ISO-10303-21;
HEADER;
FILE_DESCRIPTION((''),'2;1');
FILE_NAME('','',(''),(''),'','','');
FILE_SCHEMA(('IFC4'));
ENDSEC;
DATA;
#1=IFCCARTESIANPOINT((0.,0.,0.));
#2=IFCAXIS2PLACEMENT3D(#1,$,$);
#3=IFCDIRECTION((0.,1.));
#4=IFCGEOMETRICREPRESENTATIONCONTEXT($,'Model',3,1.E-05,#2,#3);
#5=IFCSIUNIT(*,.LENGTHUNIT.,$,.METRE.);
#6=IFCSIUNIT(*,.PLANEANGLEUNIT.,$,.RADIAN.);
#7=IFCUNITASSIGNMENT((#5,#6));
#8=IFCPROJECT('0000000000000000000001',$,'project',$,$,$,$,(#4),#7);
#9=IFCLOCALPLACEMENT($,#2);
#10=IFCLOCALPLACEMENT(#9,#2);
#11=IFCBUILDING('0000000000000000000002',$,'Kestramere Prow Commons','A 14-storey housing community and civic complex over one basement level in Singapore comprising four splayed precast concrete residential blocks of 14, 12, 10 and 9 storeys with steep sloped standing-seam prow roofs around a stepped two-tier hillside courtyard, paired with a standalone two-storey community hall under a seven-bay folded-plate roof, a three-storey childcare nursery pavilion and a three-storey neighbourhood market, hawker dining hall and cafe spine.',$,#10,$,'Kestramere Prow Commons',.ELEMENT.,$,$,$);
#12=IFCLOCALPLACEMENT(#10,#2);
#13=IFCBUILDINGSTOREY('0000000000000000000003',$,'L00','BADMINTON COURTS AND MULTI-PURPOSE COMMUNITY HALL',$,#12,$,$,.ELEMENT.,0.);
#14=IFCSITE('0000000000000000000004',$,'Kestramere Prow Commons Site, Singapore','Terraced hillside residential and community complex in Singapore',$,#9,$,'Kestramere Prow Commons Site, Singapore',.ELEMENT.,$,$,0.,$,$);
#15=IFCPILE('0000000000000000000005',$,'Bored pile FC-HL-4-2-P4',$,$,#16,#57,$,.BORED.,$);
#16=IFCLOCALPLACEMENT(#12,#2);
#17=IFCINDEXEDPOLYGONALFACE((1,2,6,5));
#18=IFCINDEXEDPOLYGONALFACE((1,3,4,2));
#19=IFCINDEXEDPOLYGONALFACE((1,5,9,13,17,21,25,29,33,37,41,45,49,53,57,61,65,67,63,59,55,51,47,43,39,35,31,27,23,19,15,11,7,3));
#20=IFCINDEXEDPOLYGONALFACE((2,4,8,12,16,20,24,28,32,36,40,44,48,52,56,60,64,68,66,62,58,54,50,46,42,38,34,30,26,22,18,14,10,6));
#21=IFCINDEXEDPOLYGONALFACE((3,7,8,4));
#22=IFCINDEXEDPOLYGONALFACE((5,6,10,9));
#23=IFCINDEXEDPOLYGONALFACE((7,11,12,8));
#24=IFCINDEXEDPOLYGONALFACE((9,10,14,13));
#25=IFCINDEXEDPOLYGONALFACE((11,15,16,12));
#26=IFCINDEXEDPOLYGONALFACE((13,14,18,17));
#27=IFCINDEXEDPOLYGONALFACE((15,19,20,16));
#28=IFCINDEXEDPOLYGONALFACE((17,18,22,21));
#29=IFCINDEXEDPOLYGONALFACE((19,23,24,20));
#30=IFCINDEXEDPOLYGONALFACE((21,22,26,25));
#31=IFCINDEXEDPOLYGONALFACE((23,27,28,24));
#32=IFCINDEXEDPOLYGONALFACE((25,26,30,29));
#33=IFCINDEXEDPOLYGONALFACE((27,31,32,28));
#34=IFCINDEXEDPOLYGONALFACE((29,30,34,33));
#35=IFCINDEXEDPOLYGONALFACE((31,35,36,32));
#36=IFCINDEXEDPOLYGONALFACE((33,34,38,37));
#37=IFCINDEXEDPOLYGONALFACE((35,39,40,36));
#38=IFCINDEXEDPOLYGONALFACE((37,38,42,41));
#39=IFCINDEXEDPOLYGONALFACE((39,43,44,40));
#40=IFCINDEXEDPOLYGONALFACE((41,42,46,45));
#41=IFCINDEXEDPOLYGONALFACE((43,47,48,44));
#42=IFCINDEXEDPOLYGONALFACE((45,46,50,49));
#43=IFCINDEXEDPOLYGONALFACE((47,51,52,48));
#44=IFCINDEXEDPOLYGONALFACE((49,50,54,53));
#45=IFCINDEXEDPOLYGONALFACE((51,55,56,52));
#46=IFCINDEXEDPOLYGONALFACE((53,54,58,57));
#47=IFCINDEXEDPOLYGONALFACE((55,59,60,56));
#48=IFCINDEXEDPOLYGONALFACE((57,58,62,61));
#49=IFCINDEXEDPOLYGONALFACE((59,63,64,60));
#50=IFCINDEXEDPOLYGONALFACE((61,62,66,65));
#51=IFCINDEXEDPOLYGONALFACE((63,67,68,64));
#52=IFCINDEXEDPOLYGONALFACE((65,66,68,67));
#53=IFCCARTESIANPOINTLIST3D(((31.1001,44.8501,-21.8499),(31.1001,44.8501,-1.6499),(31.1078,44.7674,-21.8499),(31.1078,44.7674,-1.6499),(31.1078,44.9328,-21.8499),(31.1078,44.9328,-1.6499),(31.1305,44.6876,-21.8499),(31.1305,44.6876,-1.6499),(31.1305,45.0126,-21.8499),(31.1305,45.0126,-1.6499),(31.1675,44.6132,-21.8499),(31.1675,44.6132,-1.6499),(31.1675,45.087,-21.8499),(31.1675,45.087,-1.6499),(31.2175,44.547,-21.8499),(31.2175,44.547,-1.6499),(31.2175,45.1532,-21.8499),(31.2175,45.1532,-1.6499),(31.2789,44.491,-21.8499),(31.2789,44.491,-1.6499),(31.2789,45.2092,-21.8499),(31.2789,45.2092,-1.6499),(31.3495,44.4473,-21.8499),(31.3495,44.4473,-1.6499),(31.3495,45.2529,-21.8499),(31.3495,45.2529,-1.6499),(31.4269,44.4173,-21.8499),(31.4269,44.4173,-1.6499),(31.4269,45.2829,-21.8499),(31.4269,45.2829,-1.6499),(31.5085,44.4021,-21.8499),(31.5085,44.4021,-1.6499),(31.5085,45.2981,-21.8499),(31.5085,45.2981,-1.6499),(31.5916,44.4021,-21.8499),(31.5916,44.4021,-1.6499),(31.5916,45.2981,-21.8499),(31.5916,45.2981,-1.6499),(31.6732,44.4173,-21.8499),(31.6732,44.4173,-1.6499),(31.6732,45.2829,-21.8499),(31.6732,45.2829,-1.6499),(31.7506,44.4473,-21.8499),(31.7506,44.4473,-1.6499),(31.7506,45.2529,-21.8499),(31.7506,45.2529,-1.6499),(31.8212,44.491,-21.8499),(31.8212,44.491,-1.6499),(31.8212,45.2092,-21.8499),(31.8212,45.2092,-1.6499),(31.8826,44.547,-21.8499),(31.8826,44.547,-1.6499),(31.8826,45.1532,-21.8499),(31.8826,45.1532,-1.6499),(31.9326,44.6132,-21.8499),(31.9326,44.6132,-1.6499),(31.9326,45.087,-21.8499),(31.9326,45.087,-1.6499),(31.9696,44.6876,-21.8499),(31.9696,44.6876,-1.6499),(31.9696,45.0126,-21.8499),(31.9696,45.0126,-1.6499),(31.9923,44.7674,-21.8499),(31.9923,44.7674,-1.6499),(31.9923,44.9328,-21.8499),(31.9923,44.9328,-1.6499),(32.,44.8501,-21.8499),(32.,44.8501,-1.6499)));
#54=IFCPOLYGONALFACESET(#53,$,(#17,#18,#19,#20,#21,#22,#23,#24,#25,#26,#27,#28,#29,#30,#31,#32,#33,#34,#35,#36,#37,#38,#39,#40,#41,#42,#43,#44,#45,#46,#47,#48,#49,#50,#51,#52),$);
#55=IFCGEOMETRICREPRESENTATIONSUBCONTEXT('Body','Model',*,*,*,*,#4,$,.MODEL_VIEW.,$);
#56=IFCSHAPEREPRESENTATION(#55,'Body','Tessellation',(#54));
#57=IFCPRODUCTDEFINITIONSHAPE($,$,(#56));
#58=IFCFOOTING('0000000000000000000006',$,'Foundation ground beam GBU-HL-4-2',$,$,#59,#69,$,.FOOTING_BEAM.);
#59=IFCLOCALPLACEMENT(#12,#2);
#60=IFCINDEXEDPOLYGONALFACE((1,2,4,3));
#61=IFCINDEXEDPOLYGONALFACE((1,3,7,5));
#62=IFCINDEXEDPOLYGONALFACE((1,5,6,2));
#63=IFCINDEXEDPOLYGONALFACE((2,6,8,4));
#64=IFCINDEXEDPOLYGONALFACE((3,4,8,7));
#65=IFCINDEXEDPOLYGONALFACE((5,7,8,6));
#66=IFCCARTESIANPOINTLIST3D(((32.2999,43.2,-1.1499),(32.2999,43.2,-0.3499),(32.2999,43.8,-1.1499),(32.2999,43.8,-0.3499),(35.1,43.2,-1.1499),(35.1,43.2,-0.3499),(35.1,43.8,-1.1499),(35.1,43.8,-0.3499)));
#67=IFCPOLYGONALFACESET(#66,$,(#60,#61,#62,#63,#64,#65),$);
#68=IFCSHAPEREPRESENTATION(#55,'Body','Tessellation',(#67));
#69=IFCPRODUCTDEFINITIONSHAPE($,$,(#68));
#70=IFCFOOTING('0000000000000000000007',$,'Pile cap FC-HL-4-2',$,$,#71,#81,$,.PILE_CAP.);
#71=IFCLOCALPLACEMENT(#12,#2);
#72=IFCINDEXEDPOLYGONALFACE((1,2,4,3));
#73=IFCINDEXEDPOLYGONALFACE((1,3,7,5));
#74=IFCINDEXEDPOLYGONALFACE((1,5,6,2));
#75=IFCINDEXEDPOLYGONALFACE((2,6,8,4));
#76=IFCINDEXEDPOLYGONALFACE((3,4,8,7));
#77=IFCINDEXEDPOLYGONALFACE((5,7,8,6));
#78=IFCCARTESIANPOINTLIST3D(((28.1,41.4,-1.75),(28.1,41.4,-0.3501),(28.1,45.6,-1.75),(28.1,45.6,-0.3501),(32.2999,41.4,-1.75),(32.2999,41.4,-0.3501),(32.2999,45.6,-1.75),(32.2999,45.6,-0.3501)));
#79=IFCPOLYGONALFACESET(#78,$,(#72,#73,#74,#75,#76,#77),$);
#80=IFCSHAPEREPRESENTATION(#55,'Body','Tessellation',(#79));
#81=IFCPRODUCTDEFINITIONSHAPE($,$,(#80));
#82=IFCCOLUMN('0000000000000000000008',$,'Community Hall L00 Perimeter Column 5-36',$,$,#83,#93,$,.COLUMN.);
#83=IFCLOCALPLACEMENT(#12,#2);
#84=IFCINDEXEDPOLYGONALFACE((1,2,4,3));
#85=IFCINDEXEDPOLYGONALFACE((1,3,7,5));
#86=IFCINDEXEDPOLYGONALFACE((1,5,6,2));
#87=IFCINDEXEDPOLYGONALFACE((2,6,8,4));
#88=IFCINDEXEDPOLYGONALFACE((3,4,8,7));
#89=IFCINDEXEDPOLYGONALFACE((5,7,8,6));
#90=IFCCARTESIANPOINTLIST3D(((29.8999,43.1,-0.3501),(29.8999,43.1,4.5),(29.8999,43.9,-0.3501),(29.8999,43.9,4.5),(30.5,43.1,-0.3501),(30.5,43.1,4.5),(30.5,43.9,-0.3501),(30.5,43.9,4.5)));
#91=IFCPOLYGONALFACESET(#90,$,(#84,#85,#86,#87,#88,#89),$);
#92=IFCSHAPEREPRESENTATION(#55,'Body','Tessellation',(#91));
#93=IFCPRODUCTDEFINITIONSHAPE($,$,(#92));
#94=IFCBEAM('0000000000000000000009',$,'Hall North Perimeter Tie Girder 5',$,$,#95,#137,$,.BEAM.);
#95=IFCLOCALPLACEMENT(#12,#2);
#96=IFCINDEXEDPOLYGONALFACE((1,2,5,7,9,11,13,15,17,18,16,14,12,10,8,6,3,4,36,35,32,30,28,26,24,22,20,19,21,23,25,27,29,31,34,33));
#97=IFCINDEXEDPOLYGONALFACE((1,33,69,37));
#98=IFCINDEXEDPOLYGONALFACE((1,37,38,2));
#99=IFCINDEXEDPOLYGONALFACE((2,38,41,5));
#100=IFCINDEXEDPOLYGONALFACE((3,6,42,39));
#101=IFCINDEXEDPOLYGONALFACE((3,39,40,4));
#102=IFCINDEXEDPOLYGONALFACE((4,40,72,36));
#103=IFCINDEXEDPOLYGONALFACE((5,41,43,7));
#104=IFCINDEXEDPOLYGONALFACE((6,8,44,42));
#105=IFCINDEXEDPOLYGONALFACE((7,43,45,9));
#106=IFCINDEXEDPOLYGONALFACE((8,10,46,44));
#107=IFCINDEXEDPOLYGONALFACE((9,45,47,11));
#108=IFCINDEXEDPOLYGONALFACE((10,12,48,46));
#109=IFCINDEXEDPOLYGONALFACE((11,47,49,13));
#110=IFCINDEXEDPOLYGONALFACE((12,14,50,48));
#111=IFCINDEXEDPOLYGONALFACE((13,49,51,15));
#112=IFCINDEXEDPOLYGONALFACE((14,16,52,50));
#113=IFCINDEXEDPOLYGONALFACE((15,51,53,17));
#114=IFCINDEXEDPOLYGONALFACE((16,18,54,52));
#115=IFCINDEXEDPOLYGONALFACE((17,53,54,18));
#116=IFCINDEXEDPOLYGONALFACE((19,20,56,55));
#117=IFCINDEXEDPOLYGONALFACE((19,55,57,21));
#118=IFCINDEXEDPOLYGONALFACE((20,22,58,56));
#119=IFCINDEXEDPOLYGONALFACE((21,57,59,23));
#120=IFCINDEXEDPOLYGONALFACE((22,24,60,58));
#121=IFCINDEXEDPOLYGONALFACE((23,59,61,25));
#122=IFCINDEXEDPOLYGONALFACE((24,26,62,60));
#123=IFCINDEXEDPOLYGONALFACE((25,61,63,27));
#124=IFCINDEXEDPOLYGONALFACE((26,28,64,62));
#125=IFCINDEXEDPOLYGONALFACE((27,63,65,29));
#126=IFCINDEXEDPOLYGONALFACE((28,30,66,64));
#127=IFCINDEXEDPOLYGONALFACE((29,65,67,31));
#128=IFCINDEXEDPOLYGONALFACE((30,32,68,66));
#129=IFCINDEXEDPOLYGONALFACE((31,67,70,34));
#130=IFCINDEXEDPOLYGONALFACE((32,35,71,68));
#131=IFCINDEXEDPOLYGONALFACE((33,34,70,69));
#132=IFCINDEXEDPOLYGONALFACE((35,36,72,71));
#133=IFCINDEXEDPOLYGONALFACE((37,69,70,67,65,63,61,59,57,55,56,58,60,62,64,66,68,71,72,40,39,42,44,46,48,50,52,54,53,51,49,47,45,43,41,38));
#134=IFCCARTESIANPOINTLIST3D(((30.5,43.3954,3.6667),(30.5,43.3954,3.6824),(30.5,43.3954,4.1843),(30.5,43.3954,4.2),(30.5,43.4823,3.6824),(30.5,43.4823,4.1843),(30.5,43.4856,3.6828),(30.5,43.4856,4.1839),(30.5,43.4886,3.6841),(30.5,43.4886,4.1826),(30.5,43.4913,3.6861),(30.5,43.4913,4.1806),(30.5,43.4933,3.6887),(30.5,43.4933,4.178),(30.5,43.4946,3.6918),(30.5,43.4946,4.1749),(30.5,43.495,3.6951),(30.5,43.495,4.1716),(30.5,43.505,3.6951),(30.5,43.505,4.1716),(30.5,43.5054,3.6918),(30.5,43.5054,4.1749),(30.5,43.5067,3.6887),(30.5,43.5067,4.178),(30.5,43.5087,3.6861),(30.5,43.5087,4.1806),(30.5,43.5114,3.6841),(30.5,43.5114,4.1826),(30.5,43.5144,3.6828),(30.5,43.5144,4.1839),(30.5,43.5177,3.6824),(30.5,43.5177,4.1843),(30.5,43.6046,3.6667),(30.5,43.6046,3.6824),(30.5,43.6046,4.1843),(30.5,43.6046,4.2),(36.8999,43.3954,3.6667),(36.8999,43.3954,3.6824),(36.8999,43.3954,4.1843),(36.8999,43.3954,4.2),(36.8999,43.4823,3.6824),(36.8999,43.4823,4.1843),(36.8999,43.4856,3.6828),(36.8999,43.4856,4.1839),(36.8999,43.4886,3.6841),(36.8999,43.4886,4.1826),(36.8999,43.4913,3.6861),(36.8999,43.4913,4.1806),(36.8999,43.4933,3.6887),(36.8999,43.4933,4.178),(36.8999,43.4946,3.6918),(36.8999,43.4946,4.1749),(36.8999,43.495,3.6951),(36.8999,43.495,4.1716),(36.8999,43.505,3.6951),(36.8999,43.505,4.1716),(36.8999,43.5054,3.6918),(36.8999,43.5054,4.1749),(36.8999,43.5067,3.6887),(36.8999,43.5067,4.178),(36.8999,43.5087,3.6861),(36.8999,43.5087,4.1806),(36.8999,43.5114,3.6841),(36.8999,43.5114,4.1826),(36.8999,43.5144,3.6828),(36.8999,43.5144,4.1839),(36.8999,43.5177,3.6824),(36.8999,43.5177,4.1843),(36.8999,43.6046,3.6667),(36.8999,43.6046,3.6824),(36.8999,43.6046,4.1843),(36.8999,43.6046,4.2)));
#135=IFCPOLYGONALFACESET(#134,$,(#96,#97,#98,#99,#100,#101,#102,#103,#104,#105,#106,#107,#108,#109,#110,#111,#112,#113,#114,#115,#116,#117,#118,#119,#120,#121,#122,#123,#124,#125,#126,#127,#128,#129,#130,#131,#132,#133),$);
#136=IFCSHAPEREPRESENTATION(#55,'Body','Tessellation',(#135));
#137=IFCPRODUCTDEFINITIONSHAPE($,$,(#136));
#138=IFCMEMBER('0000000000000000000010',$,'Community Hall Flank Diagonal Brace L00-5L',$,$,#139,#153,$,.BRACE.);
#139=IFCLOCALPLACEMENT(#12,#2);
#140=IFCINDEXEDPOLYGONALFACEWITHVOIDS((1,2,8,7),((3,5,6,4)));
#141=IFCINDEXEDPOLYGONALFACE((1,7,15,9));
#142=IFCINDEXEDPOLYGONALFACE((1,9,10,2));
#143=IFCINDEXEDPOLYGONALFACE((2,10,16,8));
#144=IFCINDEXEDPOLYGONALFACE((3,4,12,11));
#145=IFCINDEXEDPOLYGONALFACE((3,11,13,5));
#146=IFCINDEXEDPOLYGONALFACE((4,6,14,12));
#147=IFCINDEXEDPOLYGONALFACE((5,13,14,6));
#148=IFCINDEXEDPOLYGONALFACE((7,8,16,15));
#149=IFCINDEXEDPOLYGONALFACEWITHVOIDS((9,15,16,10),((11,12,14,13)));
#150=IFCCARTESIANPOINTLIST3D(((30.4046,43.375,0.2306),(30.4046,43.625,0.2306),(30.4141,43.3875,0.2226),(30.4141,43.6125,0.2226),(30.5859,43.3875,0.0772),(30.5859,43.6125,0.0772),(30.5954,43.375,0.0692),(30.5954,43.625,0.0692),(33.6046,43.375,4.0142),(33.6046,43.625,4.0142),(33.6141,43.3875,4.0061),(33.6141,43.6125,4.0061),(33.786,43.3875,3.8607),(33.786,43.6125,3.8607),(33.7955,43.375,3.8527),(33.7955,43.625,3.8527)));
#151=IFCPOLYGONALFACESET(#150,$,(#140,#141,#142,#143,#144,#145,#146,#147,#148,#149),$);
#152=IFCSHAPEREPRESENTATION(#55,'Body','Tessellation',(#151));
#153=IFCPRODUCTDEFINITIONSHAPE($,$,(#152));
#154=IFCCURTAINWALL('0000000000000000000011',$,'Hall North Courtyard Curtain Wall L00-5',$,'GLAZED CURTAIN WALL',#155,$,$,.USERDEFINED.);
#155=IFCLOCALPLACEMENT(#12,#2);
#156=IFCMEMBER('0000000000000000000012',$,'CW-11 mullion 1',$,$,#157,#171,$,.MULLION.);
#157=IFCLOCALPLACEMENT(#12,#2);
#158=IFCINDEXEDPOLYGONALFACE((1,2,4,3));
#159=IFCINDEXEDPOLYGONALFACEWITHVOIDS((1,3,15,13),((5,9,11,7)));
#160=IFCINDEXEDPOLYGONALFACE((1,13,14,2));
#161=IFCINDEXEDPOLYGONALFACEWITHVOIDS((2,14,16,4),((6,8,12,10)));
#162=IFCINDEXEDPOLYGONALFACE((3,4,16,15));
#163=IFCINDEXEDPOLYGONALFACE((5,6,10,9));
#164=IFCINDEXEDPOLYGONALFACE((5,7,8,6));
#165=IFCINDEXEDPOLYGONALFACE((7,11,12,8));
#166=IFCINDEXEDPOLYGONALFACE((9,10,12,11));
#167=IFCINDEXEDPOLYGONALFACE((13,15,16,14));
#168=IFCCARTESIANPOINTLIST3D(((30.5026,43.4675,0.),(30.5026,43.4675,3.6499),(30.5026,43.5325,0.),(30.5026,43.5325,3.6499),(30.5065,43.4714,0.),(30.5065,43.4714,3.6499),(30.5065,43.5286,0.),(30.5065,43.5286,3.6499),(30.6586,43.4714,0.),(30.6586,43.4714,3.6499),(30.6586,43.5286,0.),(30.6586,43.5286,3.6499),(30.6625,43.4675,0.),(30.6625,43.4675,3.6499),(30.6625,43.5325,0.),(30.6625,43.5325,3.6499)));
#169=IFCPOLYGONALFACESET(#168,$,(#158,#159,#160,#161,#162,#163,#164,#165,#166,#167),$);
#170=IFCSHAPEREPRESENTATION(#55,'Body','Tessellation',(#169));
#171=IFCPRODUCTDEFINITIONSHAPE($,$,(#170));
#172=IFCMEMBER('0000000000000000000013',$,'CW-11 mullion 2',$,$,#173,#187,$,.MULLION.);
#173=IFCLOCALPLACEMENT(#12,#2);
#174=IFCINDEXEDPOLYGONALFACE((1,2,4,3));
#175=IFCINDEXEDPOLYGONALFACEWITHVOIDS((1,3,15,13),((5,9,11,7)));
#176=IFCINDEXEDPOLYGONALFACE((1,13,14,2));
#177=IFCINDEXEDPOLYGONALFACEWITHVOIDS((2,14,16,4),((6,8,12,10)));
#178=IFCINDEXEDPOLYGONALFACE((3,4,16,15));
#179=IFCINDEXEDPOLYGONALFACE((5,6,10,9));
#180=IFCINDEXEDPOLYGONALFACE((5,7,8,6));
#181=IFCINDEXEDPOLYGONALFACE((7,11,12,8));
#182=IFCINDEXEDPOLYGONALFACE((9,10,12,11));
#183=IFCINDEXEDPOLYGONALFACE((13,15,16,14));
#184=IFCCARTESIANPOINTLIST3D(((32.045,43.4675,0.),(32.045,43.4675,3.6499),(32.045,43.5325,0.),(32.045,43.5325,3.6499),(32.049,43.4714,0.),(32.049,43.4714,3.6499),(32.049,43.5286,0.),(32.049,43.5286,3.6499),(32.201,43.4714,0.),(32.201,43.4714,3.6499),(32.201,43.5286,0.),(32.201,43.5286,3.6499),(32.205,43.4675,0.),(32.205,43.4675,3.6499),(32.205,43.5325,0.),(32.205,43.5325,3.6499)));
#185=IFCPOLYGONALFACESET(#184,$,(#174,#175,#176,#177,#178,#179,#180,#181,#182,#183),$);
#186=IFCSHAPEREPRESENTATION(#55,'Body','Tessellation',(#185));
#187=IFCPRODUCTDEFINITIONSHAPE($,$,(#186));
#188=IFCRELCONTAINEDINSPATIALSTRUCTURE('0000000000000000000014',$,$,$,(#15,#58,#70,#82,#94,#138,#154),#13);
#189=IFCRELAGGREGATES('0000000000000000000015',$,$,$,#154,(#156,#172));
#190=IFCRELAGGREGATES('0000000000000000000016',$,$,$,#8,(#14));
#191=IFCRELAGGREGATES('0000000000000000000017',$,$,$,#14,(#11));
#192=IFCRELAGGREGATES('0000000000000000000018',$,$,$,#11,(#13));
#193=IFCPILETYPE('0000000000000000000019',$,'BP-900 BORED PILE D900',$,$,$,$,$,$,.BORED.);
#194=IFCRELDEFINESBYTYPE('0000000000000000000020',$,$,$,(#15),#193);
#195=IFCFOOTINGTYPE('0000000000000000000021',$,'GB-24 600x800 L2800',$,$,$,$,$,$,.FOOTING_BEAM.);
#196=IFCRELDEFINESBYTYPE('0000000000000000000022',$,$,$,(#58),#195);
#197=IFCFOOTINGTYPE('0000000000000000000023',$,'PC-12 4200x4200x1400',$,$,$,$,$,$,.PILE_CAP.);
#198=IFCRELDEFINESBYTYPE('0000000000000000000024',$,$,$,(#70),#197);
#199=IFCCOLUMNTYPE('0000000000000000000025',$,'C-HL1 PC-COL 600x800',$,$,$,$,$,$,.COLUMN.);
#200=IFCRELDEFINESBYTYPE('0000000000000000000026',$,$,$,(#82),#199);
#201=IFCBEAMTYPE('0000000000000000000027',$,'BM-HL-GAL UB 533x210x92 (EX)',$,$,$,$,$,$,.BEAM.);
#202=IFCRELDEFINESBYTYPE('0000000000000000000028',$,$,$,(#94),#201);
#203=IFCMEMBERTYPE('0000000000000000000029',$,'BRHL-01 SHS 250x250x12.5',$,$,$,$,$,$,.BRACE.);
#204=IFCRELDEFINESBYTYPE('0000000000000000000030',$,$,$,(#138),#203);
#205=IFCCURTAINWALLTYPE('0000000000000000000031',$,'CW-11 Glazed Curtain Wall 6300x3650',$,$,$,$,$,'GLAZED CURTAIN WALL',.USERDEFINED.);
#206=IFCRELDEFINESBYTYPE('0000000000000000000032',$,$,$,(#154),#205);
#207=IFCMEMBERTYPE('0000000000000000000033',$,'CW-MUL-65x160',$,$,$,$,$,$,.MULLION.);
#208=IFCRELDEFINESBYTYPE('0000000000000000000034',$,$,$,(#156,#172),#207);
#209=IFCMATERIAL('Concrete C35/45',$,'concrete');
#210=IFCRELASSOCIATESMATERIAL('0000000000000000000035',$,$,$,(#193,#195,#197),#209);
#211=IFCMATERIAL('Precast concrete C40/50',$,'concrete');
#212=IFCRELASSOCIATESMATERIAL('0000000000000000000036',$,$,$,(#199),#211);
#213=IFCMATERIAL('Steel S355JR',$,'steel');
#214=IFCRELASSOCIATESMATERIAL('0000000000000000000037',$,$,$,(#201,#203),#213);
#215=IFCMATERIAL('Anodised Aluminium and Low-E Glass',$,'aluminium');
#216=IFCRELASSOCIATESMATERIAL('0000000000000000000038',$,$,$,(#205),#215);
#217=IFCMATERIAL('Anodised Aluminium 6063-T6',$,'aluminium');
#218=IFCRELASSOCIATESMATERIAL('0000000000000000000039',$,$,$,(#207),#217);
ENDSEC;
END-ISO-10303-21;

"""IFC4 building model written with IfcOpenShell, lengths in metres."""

from ifc_helpers import new_model, si_unit, direction, frame, origin, origin_2d, place, context, subcontext, project, spatial, rectangle, hollow_rectangle, circle, i_section, extrude, material, material_profile, profile_set, type_object, element, aggregate, save


model = new_model("IFC4")

# Units and contexts
model_context = context("Model", 3, precision=1e-05, world=origin(), true_north=direction((0.0, 1.0)))
body_context = subcontext(model_context, "Body", "Model", "MODEL_VIEW")
ifc_project = project(units=[si_unit("LENGTHUNIT", "METRE"), si_unit("PLANEANGLEUNIT", "RADIAN")], contexts=[model_context])

# Site, building, storey
site_placement = place(None, origin())
site = spatial("IfcSite", under=ifc_project, at=site_placement, Name="Kestramere Prow Commons Site, Singapore", Description="Terraced hillside residential and community complex in Singapore", LongName="Kestramere Prow Commons Site, Singapore", CompositionType="ELEMENT", RefElevation=0.0)
building_placement = place(site_placement, origin())
building = spatial("IfcBuilding", under=site, at=building_placement, Name="Kestramere Prow Commons", Description="A 14-storey housing community and civic complex over one basement level in Singapore comprising four splayed precast concrete residential blocks of 14, 12, 10 and 9 storeys with steep sloped standing-seam prow roofs around a stepped two-tier hillside courtyard, paired with a standalone two-storey community hall under a seven-bay folded-plate roof, a three-storey childcare nursery pavilion and a three-storey neighbourhood market, hawker dining hall and cafe spine.", LongName="Kestramere Prow Commons", CompositionType="ELEMENT")
storey_placement = place(building_placement, origin())
storey = spatial("IfcBuildingStorey", under=building, at=storey_placement, Name="L00", Description="BADMINTON COURTS AND MULTI-PURPOSE COMMUNITY HALL", CompositionType="ELEMENT", Elevation=0.0)

# Pile
ifc_material_1 = material(Name="Concrete C35/45", Category="concrete")
ifc_material_profile_1 = material_profile(ifc_material_1, circle(Radius=0.45, at=origin_2d()), Name="BORED PILE D900")
ifc_profile_set_1 = profile_set([ifc_material_profile_1], Name="Concrete C35/45")
pile_type = type_object("IfcPileType", Name="BP-900 BORED PILE D900", PredefinedType="BORED", material=ifc_profile_set_1)
pile_placement = place(storey_placement, frame((31.55, 44.8501, -1.6499), z_axis=(0.0, 0.0, -1.0), x_axis=(1.0, 0.0, 0.0)))
element("IfcPile", 1, at=pile_placement, inside=storey, type_object=pile_type, Name="Bored pile FC-HL-4-2-P4", PredefinedType="BORED", context=body_context, shape_type="SweptSolid", body=[
    extrude(circle(Radius=0.45, at=origin_2d()), origin(), (0.0, 0.0, 1.0), 20.2),
])

# Footings
footing_type_1 = type_object("IfcFootingType", Name="GB-24 600x800 L2800", PredefinedType="FOOTING_BEAM", material=ifc_material_1)
footing_1_placement = place(storey_placement, frame((33.7, 43.5, -1.1499), z_axis=(0.0, 0.0, 1.0), x_axis=(1.0, 0.0, 0.0)))
element("IfcFooting", 2, at=footing_1_placement, inside=storey, type_object=footing_type_1, Name="Foundation ground beam GBU-HL-4-2", PredefinedType="FOOTING_BEAM", context=body_context, shape_type="SweptSolid", body=[
    extrude(rectangle(XDim=2.8, YDim=0.6001, at=origin_2d()), origin(), (0.0, 0.0, 1.0), 0.8),
])
footing_type_2 = type_object("IfcFootingType", Name="PC-12 4200x4200x1400", PredefinedType="PILE_CAP", material=ifc_material_1)
footing_2_placement = place(storey_placement, frame((30.2, 43.5, -1.75), z_axis=(0.0, 0.0, 1.0), x_axis=(1.0, 0.0, 0.0)))
element("IfcFooting", 3, at=footing_2_placement, inside=storey, type_object=footing_type_2, Name="Pile cap FC-HL-4-2", PredefinedType="PILE_CAP", context=body_context, shape_type="SweptSolid", body=[
    extrude(rectangle(XDim=4.2, YDim=4.2, at=origin_2d()), origin(), (0.0, 0.0, 1.0), 1.3999),
])

# Column
ifc_material_2 = material(Name="Precast concrete C40/50", Category="concrete")
ifc_material_profile_2 = material_profile(ifc_material_2, rectangle(XDim=0.6001, YDim=0.8, at=origin_2d()), Name="PC-COL 600x800")
ifc_profile_set_2 = profile_set([ifc_material_profile_2], Name="Precast concrete C40/50")
column_type = type_object("IfcColumnType", Name="C-HL1 PC-COL 600x800", PredefinedType="COLUMN", material=ifc_profile_set_2)
column_placement = place(storey_placement, frame((30.2, 43.5, -0.3501), z_axis=(0.0, 0.0, 1.0), x_axis=(1.0, 0.0, 0.0)))
element("IfcColumn", 4, at=column_placement, inside=storey, type_object=column_type, Name="Community Hall L00 Perimeter Column 5-36", PredefinedType="COLUMN", context=body_context, shape_type="SweptSolid", body=[
    extrude(rectangle(XDim=0.6001, YDim=0.8, at=origin_2d()), origin(), (0.0, 0.0, 1.0), 4.8501),
])

# Beam
ifc_material_3 = material(Name="Steel S355JR", Category="steel")
ifc_material_profile_3 = material_profile(ifc_material_3, i_section(OverallWidth=0.2092, OverallDepth=0.5332, WebThickness=0.01, FlangeThickness=0.0156, FilletRadius=0.0127, at=origin_2d()), Name="UB 533x210x92")
ifc_profile_set_3 = profile_set([ifc_material_profile_3], Name="Steel S355JR")
beam_type = type_object("IfcBeamType", Name="BM-HL-GAL UB 533x210x92 (EX)", PredefinedType="BEAM", material=ifc_profile_set_3)
beam_placement = place(storey_placement, frame((30.5, 43.5, 3.9333), z_axis=(1.0, 0.0, 0.0), x_axis=(0.0, 1.0, 0.0)))
element("IfcBeam", 5, at=beam_placement, inside=storey, type_object=beam_type, Name="Hall North Perimeter Tie Girder 5", PredefinedType="BEAM", context=body_context, shape_type="SweptSolid", body=[
    extrude(i_section(OverallWidth=0.2092, OverallDepth=0.5332, WebThickness=0.01, FlangeThickness=0.0156, FilletRadius=0.0127, at=origin_2d()), origin(), (0.0, 0.0, 1.0), 6.3999),
])

# Member
ifc_material_profile_4 = material_profile(ifc_material_3, hollow_rectangle(XDim=0.25, YDim=0.25, WallThickness=0.0125, at=origin_2d()), Name="SHS 250x250x12.5")
ifc_profile_set_4 = profile_set([ifc_material_profile_4], Name="Steel S355JR")
member_type_1 = type_object("IfcMemberType", Name="BRHL-01 SHS 250x250x12.5", PredefinedType="BRACE", material=ifc_profile_set_4)
member_1_placement = place(storey_placement, frame((30.5, 43.5, 0.1499), z_axis=(0.645774, 0.0, 0.763528), x_axis=(0.0, 1.0, 0.0)))
element("IfcMember", 6, at=member_1_placement, inside=storey, type_object=member_type_1, Name="Community Hall Flank Diagonal Brace L00-5L", PredefinedType="BRACE", context=body_context, shape_type="SweptSolid", body=[
    extrude(hollow_rectangle(XDim=0.25, YDim=0.25, WallThickness=0.0125, at=origin_2d()), origin(), (0.0, 0.0, 1.0), 4.9553),
])

# Curtain wall, members
ifc_material_4 = material(Name="Anodised Aluminium and Low-E Glass", Category="aluminium")
curtain_wall_type = type_object("IfcCurtainWallType", Name="CW-11 Glazed Curtain Wall 6300x3650", ElementType="GLAZED CURTAIN WALL", PredefinedType="USERDEFINED", material=ifc_material_4)
curtain_wall_placement = place(storey_placement, origin())
curtain_wall = element("IfcCurtainWall", 7, at=curtain_wall_placement, inside=storey, type_object=curtain_wall_type, Name="Hall North Courtyard Curtain Wall L00-5", ObjectType="GLAZED CURTAIN WALL", PredefinedType="USERDEFINED")
ifc_material_5 = material(Name="Anodised Aluminium 6063-T6", Category="aluminium")
ifc_material_profile_5 = material_profile(ifc_material_5, hollow_rectangle(XDim=0.0649, YDim=0.1599, WallThickness=0.0039, at=origin_2d()), Name="ALU-MUL 65x160")
ifc_profile_set_5 = profile_set([ifc_material_profile_5], Name="Anodised Aluminium 6063-T6")
member_type_2 = type_object("IfcMemberType", Name="CW-MUL-65x160", PredefinedType="MULLION", material=ifc_profile_set_5)
member_2_placement = place(storey_placement, frame((30.5825, 43.5, 0.0), z_axis=(0.0, 0.0, 1.0), x_axis=(0.0, 1.0, 0.0)))
member_2 = element("IfcMember", 8, at=member_2_placement, type_object=member_type_2, Name="CW-11 mullion 1", PredefinedType="MULLION", context=body_context, shape_type="SweptSolid", body=[
    extrude(hollow_rectangle(XDim=0.0649, YDim=0.1599, WallThickness=0.0039, at=origin_2d()), origin(), (0.0, 0.0, 1.0), 3.6499),
])
member_3_placement = place(storey_placement, frame((32.125, 43.5, 0.0), z_axis=(0.0, 0.0, 1.0), x_axis=(0.0, 1.0, 0.0)))
member_3 = element("IfcMember", 9, at=member_3_placement, type_object=member_type_2, Name="CW-11 mullion 2", PredefinedType="MULLION", context=body_context, shape_type="SweptSolid", body=[
    extrude(hollow_rectangle(XDim=0.0649, YDim=0.1599, WallThickness=0.0039, at=origin_2d()), origin(), (0.0, 0.0, 1.0), 3.6499),
])
aggregate(curtain_wall, [member_2, member_3])

save(model, "model.ifc")
